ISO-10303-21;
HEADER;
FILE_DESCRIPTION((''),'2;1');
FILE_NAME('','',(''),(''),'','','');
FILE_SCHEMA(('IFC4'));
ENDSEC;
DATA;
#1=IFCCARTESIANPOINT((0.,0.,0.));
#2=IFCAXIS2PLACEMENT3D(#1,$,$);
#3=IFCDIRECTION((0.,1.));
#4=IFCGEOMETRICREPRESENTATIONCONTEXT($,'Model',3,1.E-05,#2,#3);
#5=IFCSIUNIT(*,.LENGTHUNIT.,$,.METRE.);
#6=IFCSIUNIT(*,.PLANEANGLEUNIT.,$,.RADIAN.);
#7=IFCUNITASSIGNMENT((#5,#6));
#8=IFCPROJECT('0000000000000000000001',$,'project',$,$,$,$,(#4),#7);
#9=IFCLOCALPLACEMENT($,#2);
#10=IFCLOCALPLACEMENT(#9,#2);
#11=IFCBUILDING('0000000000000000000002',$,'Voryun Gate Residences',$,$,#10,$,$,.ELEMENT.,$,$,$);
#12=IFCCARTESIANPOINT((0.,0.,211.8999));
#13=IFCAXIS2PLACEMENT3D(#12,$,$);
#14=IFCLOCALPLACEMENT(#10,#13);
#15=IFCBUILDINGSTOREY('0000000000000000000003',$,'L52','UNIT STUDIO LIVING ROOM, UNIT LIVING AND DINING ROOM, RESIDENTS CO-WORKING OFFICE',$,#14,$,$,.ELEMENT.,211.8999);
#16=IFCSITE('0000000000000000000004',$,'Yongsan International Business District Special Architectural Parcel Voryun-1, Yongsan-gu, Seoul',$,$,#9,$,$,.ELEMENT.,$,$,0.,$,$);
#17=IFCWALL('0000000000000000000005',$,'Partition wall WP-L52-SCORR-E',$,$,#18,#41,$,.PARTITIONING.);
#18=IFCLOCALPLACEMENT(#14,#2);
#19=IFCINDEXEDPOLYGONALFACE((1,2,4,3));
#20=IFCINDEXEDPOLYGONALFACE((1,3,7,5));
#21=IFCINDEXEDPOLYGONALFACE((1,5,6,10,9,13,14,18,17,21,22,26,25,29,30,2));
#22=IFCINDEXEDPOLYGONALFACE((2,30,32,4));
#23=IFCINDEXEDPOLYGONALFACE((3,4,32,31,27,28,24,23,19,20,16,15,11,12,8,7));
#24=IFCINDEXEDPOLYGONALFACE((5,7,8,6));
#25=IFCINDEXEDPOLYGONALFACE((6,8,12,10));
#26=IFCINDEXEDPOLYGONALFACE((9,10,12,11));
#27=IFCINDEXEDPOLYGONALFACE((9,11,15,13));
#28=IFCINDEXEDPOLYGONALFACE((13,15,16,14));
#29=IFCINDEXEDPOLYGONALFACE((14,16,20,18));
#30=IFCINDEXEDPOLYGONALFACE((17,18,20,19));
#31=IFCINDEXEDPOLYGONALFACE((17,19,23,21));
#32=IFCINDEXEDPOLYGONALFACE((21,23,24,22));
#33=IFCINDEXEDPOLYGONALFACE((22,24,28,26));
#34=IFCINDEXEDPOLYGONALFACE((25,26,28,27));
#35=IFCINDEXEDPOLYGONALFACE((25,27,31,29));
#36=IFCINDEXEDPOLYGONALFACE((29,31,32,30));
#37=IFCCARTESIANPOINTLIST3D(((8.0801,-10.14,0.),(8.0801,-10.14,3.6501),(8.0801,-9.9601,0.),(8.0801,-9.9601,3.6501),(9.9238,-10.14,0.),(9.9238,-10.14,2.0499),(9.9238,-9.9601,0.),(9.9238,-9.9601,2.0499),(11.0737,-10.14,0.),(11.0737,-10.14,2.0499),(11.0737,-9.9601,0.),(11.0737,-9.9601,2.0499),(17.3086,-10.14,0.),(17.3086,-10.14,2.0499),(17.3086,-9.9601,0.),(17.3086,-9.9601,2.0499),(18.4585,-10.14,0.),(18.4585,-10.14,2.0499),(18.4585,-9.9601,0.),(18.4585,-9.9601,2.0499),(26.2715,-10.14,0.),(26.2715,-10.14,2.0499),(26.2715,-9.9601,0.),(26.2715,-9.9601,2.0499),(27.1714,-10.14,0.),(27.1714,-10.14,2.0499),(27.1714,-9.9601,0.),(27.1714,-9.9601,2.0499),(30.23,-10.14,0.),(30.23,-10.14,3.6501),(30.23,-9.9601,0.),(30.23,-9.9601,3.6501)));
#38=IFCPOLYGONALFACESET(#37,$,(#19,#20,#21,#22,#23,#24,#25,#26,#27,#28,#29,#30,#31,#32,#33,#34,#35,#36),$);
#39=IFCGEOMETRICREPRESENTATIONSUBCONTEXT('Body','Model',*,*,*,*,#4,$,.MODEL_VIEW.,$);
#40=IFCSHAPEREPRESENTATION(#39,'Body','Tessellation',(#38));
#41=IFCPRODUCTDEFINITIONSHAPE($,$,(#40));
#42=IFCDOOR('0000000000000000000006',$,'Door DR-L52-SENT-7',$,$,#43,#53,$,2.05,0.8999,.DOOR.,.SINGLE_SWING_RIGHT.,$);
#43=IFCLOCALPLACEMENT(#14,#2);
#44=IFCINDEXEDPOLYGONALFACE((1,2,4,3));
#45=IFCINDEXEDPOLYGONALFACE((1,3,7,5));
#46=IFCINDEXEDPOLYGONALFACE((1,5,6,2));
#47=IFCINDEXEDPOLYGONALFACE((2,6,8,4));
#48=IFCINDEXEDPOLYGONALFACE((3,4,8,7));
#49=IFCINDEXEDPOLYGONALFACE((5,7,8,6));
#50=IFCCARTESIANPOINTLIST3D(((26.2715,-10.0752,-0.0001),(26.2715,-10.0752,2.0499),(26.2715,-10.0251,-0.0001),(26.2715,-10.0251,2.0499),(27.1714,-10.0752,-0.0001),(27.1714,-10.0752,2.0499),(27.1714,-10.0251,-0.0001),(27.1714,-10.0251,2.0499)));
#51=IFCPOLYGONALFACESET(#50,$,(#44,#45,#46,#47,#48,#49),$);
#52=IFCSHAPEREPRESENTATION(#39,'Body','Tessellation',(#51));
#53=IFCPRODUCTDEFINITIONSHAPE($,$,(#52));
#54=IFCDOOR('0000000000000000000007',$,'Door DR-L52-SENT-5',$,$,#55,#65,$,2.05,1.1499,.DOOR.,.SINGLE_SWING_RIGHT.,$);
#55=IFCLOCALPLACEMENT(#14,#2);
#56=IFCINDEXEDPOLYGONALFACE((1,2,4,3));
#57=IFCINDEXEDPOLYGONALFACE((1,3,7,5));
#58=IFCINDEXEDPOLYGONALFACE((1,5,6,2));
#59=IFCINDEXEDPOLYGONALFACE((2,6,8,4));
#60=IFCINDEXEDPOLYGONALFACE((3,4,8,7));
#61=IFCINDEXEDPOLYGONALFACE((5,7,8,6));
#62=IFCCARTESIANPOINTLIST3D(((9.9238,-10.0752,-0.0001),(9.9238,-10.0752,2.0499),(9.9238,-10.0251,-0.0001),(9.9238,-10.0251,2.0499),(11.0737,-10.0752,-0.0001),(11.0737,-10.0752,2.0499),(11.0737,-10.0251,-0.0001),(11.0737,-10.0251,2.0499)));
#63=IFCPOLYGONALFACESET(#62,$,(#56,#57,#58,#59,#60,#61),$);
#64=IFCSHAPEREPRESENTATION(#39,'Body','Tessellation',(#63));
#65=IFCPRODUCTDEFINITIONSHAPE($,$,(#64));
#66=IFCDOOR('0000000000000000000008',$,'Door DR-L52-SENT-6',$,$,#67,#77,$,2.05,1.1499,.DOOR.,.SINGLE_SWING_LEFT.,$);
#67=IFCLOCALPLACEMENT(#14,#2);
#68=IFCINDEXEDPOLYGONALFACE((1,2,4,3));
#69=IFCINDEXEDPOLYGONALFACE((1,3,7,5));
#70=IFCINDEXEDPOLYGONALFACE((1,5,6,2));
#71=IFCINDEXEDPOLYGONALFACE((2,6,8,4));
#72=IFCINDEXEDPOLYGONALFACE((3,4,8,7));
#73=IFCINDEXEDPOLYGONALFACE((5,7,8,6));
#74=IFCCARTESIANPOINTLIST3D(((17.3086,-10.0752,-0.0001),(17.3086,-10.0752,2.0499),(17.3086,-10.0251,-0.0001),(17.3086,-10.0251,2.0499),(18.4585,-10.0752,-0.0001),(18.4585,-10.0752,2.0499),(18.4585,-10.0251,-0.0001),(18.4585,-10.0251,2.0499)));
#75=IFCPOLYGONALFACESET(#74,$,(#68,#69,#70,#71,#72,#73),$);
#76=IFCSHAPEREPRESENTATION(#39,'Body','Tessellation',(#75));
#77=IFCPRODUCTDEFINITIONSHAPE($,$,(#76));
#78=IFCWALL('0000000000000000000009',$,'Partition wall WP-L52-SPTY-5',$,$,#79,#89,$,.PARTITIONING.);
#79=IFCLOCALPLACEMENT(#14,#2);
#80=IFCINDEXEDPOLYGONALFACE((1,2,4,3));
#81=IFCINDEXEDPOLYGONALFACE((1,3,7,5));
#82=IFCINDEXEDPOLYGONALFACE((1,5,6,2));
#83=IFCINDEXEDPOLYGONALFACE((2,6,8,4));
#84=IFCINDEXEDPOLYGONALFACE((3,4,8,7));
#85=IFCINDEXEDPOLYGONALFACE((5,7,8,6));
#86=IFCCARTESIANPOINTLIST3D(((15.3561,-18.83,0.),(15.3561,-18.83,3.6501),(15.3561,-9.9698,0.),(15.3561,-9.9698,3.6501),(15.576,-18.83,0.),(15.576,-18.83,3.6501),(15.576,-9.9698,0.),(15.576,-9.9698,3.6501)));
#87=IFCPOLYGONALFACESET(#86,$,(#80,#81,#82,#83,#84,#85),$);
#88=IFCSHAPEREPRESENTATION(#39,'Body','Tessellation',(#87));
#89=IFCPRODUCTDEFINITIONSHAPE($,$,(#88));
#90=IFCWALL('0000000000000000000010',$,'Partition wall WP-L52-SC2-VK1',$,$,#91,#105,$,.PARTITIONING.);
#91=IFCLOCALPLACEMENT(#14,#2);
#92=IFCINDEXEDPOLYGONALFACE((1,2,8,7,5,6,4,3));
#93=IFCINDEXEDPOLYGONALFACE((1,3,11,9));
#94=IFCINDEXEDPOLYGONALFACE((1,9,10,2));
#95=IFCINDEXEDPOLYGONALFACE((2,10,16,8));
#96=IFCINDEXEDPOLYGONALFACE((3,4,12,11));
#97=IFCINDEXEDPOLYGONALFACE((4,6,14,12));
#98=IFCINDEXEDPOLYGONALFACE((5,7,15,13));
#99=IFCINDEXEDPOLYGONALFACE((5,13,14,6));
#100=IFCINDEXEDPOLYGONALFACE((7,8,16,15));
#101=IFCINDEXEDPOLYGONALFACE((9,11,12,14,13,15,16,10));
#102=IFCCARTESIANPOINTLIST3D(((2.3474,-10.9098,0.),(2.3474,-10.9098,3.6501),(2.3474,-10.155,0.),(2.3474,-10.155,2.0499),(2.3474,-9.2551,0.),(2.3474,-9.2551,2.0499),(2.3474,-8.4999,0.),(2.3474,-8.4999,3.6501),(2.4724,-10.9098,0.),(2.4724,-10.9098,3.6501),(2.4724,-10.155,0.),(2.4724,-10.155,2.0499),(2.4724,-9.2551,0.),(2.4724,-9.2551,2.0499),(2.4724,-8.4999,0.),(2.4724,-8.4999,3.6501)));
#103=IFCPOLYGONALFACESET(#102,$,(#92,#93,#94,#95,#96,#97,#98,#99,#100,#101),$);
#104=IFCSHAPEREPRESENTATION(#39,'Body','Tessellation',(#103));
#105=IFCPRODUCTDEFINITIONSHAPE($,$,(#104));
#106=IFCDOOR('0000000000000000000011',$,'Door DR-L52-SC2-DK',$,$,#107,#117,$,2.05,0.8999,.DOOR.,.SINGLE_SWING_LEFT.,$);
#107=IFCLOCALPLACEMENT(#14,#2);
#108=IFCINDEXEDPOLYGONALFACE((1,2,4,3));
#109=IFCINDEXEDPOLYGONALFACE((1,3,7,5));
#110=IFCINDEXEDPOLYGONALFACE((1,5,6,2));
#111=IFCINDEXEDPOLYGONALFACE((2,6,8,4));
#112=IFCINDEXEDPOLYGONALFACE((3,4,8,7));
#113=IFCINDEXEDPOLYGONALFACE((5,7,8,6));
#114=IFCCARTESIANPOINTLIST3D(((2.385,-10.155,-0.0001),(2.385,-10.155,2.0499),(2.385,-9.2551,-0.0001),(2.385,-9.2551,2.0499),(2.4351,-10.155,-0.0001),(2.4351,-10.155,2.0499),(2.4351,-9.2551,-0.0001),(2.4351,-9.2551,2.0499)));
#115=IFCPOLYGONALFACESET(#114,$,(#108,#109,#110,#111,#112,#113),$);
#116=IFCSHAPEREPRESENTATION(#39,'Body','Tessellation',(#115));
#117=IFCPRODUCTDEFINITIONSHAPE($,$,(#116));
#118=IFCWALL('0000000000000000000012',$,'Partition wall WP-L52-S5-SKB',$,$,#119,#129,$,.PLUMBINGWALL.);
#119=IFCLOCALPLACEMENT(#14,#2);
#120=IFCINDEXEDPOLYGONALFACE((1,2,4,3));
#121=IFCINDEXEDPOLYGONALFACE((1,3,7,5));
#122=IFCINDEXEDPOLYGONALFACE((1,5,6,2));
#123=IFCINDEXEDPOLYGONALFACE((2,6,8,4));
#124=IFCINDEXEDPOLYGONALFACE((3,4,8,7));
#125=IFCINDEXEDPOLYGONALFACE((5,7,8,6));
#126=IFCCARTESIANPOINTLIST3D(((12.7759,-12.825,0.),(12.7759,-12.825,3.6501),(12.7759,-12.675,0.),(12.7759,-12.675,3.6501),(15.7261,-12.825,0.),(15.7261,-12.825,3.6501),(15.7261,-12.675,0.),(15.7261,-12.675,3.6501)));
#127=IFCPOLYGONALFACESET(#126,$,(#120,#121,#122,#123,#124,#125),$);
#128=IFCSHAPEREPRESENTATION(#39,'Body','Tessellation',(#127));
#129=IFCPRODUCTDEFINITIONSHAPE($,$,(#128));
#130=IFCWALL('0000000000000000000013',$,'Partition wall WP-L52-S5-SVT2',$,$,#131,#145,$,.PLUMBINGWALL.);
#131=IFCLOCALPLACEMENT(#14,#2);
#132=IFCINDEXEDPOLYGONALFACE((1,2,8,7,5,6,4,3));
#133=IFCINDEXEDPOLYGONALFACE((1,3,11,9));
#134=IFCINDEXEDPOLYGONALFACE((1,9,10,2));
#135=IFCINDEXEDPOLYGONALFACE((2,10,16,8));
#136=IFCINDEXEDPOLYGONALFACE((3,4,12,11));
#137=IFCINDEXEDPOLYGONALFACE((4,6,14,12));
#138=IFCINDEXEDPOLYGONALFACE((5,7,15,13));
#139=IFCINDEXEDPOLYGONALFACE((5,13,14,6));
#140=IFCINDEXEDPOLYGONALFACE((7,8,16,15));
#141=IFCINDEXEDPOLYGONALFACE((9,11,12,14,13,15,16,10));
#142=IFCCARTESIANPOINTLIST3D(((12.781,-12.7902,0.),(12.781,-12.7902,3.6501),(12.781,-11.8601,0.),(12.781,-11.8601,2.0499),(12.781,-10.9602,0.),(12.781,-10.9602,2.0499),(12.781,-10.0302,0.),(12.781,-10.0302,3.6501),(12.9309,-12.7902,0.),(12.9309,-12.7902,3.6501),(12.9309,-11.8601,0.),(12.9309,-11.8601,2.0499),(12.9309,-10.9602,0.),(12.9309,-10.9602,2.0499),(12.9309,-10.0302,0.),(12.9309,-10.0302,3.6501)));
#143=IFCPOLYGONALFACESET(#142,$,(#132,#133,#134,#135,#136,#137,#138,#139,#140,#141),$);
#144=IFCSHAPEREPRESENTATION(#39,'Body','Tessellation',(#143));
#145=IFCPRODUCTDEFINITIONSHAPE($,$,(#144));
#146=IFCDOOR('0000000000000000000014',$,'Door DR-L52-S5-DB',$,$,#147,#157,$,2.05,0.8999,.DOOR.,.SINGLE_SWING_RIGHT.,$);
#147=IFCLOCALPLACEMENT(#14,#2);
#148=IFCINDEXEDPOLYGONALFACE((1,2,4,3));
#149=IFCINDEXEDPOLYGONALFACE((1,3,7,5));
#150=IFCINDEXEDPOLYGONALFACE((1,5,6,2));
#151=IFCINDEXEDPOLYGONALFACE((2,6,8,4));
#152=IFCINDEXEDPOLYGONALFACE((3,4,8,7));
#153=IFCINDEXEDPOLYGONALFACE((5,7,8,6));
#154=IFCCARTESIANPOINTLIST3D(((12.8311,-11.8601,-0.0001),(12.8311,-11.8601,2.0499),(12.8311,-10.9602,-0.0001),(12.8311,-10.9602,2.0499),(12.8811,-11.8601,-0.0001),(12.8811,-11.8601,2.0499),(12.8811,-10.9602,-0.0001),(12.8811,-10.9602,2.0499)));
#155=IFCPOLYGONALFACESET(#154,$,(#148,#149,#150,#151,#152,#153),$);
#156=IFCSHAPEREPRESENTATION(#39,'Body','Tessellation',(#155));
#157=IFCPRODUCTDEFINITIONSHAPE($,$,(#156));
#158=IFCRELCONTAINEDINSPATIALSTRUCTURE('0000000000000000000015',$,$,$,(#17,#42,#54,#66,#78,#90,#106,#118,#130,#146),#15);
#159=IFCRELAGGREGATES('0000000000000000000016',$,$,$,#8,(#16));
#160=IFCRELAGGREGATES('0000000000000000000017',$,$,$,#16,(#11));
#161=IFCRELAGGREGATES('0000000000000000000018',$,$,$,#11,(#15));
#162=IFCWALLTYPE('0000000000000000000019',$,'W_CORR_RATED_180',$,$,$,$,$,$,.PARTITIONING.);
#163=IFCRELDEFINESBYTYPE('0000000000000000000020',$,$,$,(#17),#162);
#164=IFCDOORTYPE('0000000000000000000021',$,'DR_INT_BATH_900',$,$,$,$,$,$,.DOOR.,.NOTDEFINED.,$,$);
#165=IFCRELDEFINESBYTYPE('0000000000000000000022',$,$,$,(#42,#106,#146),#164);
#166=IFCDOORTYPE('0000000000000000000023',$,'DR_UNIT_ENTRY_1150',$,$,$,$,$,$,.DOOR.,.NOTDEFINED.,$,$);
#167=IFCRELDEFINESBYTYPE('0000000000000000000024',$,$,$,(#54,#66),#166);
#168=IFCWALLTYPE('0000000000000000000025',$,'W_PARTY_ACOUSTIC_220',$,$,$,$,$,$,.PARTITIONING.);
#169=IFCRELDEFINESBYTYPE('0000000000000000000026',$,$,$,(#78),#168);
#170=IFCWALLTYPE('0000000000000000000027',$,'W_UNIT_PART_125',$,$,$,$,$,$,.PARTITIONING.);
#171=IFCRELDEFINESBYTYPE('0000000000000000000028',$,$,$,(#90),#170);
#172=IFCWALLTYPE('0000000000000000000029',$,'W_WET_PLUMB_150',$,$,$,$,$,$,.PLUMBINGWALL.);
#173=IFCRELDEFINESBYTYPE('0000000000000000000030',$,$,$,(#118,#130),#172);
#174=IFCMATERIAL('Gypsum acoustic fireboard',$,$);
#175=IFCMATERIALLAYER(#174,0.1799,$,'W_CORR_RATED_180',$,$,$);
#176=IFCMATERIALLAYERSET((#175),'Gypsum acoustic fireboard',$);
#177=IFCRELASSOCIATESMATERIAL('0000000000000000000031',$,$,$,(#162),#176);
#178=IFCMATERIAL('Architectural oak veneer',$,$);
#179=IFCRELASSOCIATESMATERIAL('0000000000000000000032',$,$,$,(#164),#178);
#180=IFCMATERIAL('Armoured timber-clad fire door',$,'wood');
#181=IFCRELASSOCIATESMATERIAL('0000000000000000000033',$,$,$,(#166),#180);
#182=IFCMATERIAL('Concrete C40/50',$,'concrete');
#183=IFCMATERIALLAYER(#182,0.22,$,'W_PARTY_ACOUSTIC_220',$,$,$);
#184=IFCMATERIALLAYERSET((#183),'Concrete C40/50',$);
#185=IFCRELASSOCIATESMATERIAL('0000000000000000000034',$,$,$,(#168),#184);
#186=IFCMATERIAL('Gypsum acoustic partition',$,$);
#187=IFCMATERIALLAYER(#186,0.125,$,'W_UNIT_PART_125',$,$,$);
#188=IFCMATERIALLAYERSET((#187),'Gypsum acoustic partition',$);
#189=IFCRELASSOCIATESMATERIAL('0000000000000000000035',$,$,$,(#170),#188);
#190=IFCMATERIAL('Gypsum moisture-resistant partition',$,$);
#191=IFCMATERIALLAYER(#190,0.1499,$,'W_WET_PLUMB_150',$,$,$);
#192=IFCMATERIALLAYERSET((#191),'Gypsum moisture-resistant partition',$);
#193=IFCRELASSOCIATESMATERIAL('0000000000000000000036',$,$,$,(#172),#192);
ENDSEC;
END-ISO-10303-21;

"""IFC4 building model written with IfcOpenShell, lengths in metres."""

from ifc_helpers import new_model, si_unit, direction, frame, frame_2d, origin, place, context, subcontext, project, spatial, rectangle, extrude, material, layer, layer_set, type_object, element, fill, save


model = new_model("IFC4")

# Units and contexts
model_context = context("Model", 3, precision=1e-05, world=origin(), true_north=direction((0.0, 1.0)))
body_context = subcontext(model_context, "Body", "Model", "MODEL_VIEW")
ifc_project = project(units=[si_unit("LENGTHUNIT", "METRE"), si_unit("PLANEANGLEUNIT", "RADIAN")], contexts=[model_context])

# Site, building, storey
site_placement = place(None, origin())
site = spatial("IfcSite", under=ifc_project, at=site_placement, Name="Yongsan International Business District Special Architectural Parcel Voryun-1, Yongsan-gu, Seoul", CompositionType="ELEMENT", RefElevation=0.0)
building_placement = place(site_placement, origin())
building = spatial("IfcBuilding", under=site, at=building_placement, Name="Voryun Gate Residences", CompositionType="ELEMENT")
storey_placement = place(building_placement, frame((0.0, 0.0, 211.8999)))
storey = spatial("IfcBuildingStorey", under=building, at=storey_placement, Name="L52", Description="UNIT STUDIO LIVING ROOM, UNIT LIVING AND DINING ROOM, RESIDENTS CO-WORKING OFFICE", CompositionType="ELEMENT", Elevation=211.8999)

# Shared definitions
ifc_material_1 = material(Name="Gypsum acoustic fireboard")
ifc_layer_1 = layer(ifc_material_1, 0.1799, Name="W_CORR_RATED_180")
ifc_layer_set_1 = layer_set([ifc_layer_1], Name="Gypsum acoustic fireboard")
wall_type_1 = type_object("IfcWallType", Name="W_CORR_RATED_180", PredefinedType="PARTITIONING", material=ifc_layer_set_1)

# Wall, openings, doors
wall_1_placement = place(storey_placement, frame((8.0801, -10.05, 0.0), z_axis=(0.0, 0.0, 1.0), x_axis=(1.0, 0.0, 0.0)))
wall_1 = element("IfcWall", 1, at=wall_1_placement, inside=storey, type_object=wall_type_1, Name="Partition wall WP-L52-SCORR-E", PredefinedType="PARTITIONING", context=body_context, shape_type="SweptSolid", body=[
    extrude(rectangle(XDim=22.1499, YDim=0.1799, at=frame_2d((11.075, 0.0))), origin(), (0.0, 0.0, 1.0), 3.6501),
])
opening_1_placement = place(wall_1_placement, frame((1.8438, 0.0, 0.0)))
opening_1 = element("IfcOpeningElement", 2, at=opening_1_placement, cuts=wall_1, PredefinedType="OPENING", context=body_context, shape_type="SweptSolid", body=[
    extrude(rectangle(XDim=1.1499, YDim=2.05, at=frame_2d((0.575, 1.0249))), frame((0.0, 0.0999, 0.0), z_axis=(0.0, -1.0, 0.0), x_axis=(1.0, 0.0, 0.0)), (0.0, 0.0, 1.0), 0.2),
])
opening_2_placement = place(wall_1_placement, frame((9.2285, 0.0, 0.0)))
opening_2 = element("IfcOpeningElement", 3, at=opening_2_placement, cuts=wall_1, PredefinedType="OPENING", context=body_context, shape_type="SweptSolid", body=[
    extrude(rectangle(XDim=1.1499, YDim=2.05, at=frame_2d((0.575, 1.0249))), frame((0.0, 0.0999, 0.0), z_axis=(0.0, -1.0, 0.0), x_axis=(1.0, 0.0, 0.0)), (0.0, 0.0, 1.0), 0.2),
])
opening_3_placement = place(wall_1_placement, frame((18.1914, 0.0, 0.0)))
opening_3 = element("IfcOpeningElement", 4, at=opening_3_placement, cuts=wall_1, PredefinedType="OPENING", context=body_context, shape_type="SweptSolid", body=[
    extrude(rectangle(XDim=0.8999, YDim=2.05, at=frame_2d((0.45, 1.0249))), frame((0.0, 0.0999, 0.0), z_axis=(0.0, -1.0, 0.0), x_axis=(1.0, 0.0, 0.0)), (0.0, 0.0, 1.0), 0.2),
])
ifc_material_2 = material(Name="Architectural oak veneer")
door_type_1 = type_object("IfcDoorType", Name="DR_INT_BATH_900", OperationType="NOTDEFINED", PredefinedType="DOOR", material=ifc_material_2)
door_1_placement = place(opening_3_placement, origin())
door_1 = element("IfcDoor", 5, at=door_1_placement, inside=storey, type_object=door_type_1, Name="Door DR-L52-SENT-7", OperationType="SINGLE_SWING_RIGHT", OverallHeight=2.05, OverallWidth=0.8999, PredefinedType="DOOR", context=body_context, shape_type="SweptSolid", body=[
    extrude(rectangle(XDim=0.8999, YDim=2.05, at=frame_2d((0.45, 1.0249))), frame((0.0, 0.0249, 0.0), z_axis=(0.0, -1.0, 0.0), x_axis=(1.0, 0.0, 0.0)), (0.0, 0.0, 1.0), 0.05),
])
fill(opening_3, door_1)
ifc_material_3 = material(Name="Armoured timber-clad fire door", Category="wood")
door_type_2 = type_object("IfcDoorType", Name="DR_UNIT_ENTRY_1150", OperationType="NOTDEFINED", PredefinedType="DOOR", material=ifc_material_3)
door_2_placement = place(opening_1_placement, origin())
door_2 = element("IfcDoor", 6, at=door_2_placement, inside=storey, type_object=door_type_2, Name="Door DR-L52-SENT-5", OperationType="SINGLE_SWING_RIGHT", OverallHeight=2.05, OverallWidth=1.1499, PredefinedType="DOOR", context=body_context, shape_type="SweptSolid", body=[
    extrude(rectangle(XDim=1.1499, YDim=2.05, at=frame_2d((0.575, 1.0249))), frame((0.0, 0.0249, 0.0), z_axis=(0.0, -1.0, 0.0), x_axis=(1.0, 0.0, 0.0)), (0.0, 0.0, 1.0), 0.05),
])
fill(opening_1, door_2)
door_3_placement = place(opening_2_placement, origin())
door_3 = element("IfcDoor", 7, at=door_3_placement, inside=storey, type_object=door_type_2, Name="Door DR-L52-SENT-6", OperationType="SINGLE_SWING_LEFT", OverallHeight=2.05, OverallWidth=1.1499, PredefinedType="DOOR", context=body_context, shape_type="SweptSolid", body=[
    extrude(rectangle(XDim=1.1499, YDim=2.05, at=frame_2d((0.575, 1.0249))), frame((0.0, 0.0249, 0.0), z_axis=(0.0, -1.0, 0.0), x_axis=(1.0, 0.0, 0.0)), (0.0, 0.0, 1.0), 0.05),
])
fill(opening_2, door_3)

# Wall
ifc_material_4 = material(Name="Concrete C40/50", Category="concrete")
ifc_layer_2 = layer(ifc_material_4, 0.22, Name="W_PARTY_ACOUSTIC_220")
ifc_layer_set_2 = layer_set([ifc_layer_2], Name="Concrete C40/50")
wall_type_2 = type_object("IfcWallType", Name="W_PARTY_ACOUSTIC_220", PredefinedType="PARTITIONING", material=ifc_layer_set_2)
wall_2_placement = place(storey_placement, frame((15.4661, -18.8301, 0.0), z_axis=(0.0, 0.0, 1.0), x_axis=(0.0, 1.0, 0.0)))
element("IfcWall", 8, at=wall_2_placement, inside=storey, type_object=wall_type_2, Name="Partition wall WP-L52-SPTY-5", PredefinedType="PARTITIONING", context=body_context, shape_type="SweptSolid", body=[
    extrude(rectangle(XDim=8.8601, YDim=0.22, at=frame_2d((4.4302, 0.0))), origin(), (0.0, 0.0, 1.0), 3.6501),
])

# Wall, opening, door
ifc_material_5 = material(Name="Gypsum acoustic partition")
ifc_layer_3 = layer(ifc_material_5, 0.125, Name="W_UNIT_PART_125")
ifc_layer_set_3 = layer_set([ifc_layer_3], Name="Gypsum acoustic partition")
wall_type_3 = type_object("IfcWallType", Name="W_UNIT_PART_125", PredefinedType="PARTITIONING", material=ifc_layer_set_3)
wall_3_placement = place(storey_placement, frame((2.4099, -10.9099, 0.0), z_axis=(0.0, 0.0, 1.0), x_axis=(0.0, 1.0, 0.0)))
wall_3 = element("IfcWall", 9, at=wall_3_placement, inside=storey, type_object=wall_type_3, Name="Partition wall WP-L52-SC2-VK1", PredefinedType="PARTITIONING", context=body_context, shape_type="SweptSolid", body=[
    extrude(rectangle(XDim=2.4099, YDim=0.125, at=frame_2d((1.2051, 0.0))), origin(), (0.0, 0.0, 1.0), 3.6501),
])
opening_4_placement = place(wall_3_placement, frame((0.7549, 0.0, 0.0)))
opening_4 = element("IfcOpeningElement", 10, at=opening_4_placement, cuts=wall_3, PredefinedType="OPENING", context=body_context, shape_type="SweptSolid", body=[
    extrude(rectangle(XDim=0.8999, YDim=2.05, at=frame_2d((0.45, 1.0249))), frame((0.0, 0.0725, 0.0), z_axis=(0.0, -1.0, 0.0), x_axis=(1.0, 0.0, 0.0)), (0.0, 0.0, 1.0), 0.145),
])
door_4_placement = place(opening_4_placement, origin())
door_4 = element("IfcDoor", 11, at=door_4_placement, inside=storey, type_object=door_type_1, Name="Door DR-L52-SC2-DK", OperationType="SINGLE_SWING_LEFT", OverallHeight=2.05, OverallWidth=0.8999, PredefinedType="DOOR", context=body_context, shape_type="SweptSolid", body=[
    extrude(rectangle(XDim=0.8999, YDim=2.05, at=frame_2d((0.45, 1.0249))), frame((0.0, 0.0249, 0.0), z_axis=(0.0, -1.0, 0.0), x_axis=(1.0, 0.0, 0.0)), (0.0, 0.0, 1.0), 0.05),
])
fill(opening_4, door_4)

# Wall
ifc_material_6 = material(Name="Gypsum moisture-resistant partition")
ifc_layer_4 = layer(ifc_material_6, 0.1499, Name="W_WET_PLUMB_150")
ifc_layer_set_4 = layer_set([ifc_layer_4], Name="Gypsum moisture-resistant partition")
wall_type_4 = type_object("IfcWallType", Name="W_WET_PLUMB_150", PredefinedType="PLUMBINGWALL", material=ifc_layer_set_4)
wall_4_placement = place(storey_placement, frame((12.7759, -12.75, 0.0), z_axis=(0.0, 0.0, 1.0), x_axis=(1.0, 0.0, 0.0)))
element("IfcWall", 12, at=wall_4_placement, inside=storey, type_object=wall_type_4, Name="Partition wall WP-L52-S5-SKB", PredefinedType="PLUMBINGWALL", context=body_context, shape_type="SweptSolid", body=[
    extrude(rectangle(XDim=2.9502, YDim=0.1499, at=frame_2d((1.4751, 0.0))), origin(), (0.0, 0.0, 1.0), 3.6501),
])

# Wall, opening, door
wall_5_placement = place(storey_placement, frame((12.856, -12.79, 0.0), z_axis=(0.0, 0.0, 1.0), x_axis=(0.0, 1.0, 0.0)))
wall_5 = element("IfcWall", 13, at=wall_5_placement, inside=storey, type_object=wall_type_4, Name="Partition wall WP-L52-S5-SVT2", PredefinedType="PLUMBINGWALL", context=body_context, shape_type="SweptSolid", body=[
    extrude(rectangle(XDim=2.76, YDim=0.1499, at=frame_2d((1.3799, 0.0))), origin(), (0.0, 0.0, 1.0), 3.6501),
])
opening_5_placement = place(wall_5_placement, frame((0.9299, 0.0, 0.0)))
opening_5 = element("IfcOpeningElement", 14, at=opening_5_placement, cuts=wall_5, PredefinedType="OPENING", context=body_context, shape_type="SweptSolid", body=[
    extrude(rectangle(XDim=0.8999, YDim=2.05, at=frame_2d((0.45, 1.0249))), frame((0.0, 0.085, 0.0), z_axis=(0.0, -1.0, 0.0), x_axis=(1.0, 0.0, 0.0)), (0.0, 0.0, 1.0), 0.1699),
])
door_5_placement = place(opening_5_placement, origin())
door_5 = element("IfcDoor", 15, at=door_5_placement, inside=storey, type_object=door_type_1, Name="Door DR-L52-S5-DB", OperationType="SINGLE_SWING_RIGHT", OverallHeight=2.05, OverallWidth=0.8999, PredefinedType="DOOR", context=body_context, shape_type="SweptSolid", body=[
    extrude(rectangle(XDim=0.8999, YDim=2.05, at=frame_2d((0.45, 1.0249))), frame((0.0, 0.0249, 0.0), z_axis=(0.0, -1.0, 0.0), x_axis=(1.0, 0.0, 0.0)), (0.0, 0.0, 1.0), 0.05),
])
fill(opening_5, door_5)

save(model, "model.ifc")
